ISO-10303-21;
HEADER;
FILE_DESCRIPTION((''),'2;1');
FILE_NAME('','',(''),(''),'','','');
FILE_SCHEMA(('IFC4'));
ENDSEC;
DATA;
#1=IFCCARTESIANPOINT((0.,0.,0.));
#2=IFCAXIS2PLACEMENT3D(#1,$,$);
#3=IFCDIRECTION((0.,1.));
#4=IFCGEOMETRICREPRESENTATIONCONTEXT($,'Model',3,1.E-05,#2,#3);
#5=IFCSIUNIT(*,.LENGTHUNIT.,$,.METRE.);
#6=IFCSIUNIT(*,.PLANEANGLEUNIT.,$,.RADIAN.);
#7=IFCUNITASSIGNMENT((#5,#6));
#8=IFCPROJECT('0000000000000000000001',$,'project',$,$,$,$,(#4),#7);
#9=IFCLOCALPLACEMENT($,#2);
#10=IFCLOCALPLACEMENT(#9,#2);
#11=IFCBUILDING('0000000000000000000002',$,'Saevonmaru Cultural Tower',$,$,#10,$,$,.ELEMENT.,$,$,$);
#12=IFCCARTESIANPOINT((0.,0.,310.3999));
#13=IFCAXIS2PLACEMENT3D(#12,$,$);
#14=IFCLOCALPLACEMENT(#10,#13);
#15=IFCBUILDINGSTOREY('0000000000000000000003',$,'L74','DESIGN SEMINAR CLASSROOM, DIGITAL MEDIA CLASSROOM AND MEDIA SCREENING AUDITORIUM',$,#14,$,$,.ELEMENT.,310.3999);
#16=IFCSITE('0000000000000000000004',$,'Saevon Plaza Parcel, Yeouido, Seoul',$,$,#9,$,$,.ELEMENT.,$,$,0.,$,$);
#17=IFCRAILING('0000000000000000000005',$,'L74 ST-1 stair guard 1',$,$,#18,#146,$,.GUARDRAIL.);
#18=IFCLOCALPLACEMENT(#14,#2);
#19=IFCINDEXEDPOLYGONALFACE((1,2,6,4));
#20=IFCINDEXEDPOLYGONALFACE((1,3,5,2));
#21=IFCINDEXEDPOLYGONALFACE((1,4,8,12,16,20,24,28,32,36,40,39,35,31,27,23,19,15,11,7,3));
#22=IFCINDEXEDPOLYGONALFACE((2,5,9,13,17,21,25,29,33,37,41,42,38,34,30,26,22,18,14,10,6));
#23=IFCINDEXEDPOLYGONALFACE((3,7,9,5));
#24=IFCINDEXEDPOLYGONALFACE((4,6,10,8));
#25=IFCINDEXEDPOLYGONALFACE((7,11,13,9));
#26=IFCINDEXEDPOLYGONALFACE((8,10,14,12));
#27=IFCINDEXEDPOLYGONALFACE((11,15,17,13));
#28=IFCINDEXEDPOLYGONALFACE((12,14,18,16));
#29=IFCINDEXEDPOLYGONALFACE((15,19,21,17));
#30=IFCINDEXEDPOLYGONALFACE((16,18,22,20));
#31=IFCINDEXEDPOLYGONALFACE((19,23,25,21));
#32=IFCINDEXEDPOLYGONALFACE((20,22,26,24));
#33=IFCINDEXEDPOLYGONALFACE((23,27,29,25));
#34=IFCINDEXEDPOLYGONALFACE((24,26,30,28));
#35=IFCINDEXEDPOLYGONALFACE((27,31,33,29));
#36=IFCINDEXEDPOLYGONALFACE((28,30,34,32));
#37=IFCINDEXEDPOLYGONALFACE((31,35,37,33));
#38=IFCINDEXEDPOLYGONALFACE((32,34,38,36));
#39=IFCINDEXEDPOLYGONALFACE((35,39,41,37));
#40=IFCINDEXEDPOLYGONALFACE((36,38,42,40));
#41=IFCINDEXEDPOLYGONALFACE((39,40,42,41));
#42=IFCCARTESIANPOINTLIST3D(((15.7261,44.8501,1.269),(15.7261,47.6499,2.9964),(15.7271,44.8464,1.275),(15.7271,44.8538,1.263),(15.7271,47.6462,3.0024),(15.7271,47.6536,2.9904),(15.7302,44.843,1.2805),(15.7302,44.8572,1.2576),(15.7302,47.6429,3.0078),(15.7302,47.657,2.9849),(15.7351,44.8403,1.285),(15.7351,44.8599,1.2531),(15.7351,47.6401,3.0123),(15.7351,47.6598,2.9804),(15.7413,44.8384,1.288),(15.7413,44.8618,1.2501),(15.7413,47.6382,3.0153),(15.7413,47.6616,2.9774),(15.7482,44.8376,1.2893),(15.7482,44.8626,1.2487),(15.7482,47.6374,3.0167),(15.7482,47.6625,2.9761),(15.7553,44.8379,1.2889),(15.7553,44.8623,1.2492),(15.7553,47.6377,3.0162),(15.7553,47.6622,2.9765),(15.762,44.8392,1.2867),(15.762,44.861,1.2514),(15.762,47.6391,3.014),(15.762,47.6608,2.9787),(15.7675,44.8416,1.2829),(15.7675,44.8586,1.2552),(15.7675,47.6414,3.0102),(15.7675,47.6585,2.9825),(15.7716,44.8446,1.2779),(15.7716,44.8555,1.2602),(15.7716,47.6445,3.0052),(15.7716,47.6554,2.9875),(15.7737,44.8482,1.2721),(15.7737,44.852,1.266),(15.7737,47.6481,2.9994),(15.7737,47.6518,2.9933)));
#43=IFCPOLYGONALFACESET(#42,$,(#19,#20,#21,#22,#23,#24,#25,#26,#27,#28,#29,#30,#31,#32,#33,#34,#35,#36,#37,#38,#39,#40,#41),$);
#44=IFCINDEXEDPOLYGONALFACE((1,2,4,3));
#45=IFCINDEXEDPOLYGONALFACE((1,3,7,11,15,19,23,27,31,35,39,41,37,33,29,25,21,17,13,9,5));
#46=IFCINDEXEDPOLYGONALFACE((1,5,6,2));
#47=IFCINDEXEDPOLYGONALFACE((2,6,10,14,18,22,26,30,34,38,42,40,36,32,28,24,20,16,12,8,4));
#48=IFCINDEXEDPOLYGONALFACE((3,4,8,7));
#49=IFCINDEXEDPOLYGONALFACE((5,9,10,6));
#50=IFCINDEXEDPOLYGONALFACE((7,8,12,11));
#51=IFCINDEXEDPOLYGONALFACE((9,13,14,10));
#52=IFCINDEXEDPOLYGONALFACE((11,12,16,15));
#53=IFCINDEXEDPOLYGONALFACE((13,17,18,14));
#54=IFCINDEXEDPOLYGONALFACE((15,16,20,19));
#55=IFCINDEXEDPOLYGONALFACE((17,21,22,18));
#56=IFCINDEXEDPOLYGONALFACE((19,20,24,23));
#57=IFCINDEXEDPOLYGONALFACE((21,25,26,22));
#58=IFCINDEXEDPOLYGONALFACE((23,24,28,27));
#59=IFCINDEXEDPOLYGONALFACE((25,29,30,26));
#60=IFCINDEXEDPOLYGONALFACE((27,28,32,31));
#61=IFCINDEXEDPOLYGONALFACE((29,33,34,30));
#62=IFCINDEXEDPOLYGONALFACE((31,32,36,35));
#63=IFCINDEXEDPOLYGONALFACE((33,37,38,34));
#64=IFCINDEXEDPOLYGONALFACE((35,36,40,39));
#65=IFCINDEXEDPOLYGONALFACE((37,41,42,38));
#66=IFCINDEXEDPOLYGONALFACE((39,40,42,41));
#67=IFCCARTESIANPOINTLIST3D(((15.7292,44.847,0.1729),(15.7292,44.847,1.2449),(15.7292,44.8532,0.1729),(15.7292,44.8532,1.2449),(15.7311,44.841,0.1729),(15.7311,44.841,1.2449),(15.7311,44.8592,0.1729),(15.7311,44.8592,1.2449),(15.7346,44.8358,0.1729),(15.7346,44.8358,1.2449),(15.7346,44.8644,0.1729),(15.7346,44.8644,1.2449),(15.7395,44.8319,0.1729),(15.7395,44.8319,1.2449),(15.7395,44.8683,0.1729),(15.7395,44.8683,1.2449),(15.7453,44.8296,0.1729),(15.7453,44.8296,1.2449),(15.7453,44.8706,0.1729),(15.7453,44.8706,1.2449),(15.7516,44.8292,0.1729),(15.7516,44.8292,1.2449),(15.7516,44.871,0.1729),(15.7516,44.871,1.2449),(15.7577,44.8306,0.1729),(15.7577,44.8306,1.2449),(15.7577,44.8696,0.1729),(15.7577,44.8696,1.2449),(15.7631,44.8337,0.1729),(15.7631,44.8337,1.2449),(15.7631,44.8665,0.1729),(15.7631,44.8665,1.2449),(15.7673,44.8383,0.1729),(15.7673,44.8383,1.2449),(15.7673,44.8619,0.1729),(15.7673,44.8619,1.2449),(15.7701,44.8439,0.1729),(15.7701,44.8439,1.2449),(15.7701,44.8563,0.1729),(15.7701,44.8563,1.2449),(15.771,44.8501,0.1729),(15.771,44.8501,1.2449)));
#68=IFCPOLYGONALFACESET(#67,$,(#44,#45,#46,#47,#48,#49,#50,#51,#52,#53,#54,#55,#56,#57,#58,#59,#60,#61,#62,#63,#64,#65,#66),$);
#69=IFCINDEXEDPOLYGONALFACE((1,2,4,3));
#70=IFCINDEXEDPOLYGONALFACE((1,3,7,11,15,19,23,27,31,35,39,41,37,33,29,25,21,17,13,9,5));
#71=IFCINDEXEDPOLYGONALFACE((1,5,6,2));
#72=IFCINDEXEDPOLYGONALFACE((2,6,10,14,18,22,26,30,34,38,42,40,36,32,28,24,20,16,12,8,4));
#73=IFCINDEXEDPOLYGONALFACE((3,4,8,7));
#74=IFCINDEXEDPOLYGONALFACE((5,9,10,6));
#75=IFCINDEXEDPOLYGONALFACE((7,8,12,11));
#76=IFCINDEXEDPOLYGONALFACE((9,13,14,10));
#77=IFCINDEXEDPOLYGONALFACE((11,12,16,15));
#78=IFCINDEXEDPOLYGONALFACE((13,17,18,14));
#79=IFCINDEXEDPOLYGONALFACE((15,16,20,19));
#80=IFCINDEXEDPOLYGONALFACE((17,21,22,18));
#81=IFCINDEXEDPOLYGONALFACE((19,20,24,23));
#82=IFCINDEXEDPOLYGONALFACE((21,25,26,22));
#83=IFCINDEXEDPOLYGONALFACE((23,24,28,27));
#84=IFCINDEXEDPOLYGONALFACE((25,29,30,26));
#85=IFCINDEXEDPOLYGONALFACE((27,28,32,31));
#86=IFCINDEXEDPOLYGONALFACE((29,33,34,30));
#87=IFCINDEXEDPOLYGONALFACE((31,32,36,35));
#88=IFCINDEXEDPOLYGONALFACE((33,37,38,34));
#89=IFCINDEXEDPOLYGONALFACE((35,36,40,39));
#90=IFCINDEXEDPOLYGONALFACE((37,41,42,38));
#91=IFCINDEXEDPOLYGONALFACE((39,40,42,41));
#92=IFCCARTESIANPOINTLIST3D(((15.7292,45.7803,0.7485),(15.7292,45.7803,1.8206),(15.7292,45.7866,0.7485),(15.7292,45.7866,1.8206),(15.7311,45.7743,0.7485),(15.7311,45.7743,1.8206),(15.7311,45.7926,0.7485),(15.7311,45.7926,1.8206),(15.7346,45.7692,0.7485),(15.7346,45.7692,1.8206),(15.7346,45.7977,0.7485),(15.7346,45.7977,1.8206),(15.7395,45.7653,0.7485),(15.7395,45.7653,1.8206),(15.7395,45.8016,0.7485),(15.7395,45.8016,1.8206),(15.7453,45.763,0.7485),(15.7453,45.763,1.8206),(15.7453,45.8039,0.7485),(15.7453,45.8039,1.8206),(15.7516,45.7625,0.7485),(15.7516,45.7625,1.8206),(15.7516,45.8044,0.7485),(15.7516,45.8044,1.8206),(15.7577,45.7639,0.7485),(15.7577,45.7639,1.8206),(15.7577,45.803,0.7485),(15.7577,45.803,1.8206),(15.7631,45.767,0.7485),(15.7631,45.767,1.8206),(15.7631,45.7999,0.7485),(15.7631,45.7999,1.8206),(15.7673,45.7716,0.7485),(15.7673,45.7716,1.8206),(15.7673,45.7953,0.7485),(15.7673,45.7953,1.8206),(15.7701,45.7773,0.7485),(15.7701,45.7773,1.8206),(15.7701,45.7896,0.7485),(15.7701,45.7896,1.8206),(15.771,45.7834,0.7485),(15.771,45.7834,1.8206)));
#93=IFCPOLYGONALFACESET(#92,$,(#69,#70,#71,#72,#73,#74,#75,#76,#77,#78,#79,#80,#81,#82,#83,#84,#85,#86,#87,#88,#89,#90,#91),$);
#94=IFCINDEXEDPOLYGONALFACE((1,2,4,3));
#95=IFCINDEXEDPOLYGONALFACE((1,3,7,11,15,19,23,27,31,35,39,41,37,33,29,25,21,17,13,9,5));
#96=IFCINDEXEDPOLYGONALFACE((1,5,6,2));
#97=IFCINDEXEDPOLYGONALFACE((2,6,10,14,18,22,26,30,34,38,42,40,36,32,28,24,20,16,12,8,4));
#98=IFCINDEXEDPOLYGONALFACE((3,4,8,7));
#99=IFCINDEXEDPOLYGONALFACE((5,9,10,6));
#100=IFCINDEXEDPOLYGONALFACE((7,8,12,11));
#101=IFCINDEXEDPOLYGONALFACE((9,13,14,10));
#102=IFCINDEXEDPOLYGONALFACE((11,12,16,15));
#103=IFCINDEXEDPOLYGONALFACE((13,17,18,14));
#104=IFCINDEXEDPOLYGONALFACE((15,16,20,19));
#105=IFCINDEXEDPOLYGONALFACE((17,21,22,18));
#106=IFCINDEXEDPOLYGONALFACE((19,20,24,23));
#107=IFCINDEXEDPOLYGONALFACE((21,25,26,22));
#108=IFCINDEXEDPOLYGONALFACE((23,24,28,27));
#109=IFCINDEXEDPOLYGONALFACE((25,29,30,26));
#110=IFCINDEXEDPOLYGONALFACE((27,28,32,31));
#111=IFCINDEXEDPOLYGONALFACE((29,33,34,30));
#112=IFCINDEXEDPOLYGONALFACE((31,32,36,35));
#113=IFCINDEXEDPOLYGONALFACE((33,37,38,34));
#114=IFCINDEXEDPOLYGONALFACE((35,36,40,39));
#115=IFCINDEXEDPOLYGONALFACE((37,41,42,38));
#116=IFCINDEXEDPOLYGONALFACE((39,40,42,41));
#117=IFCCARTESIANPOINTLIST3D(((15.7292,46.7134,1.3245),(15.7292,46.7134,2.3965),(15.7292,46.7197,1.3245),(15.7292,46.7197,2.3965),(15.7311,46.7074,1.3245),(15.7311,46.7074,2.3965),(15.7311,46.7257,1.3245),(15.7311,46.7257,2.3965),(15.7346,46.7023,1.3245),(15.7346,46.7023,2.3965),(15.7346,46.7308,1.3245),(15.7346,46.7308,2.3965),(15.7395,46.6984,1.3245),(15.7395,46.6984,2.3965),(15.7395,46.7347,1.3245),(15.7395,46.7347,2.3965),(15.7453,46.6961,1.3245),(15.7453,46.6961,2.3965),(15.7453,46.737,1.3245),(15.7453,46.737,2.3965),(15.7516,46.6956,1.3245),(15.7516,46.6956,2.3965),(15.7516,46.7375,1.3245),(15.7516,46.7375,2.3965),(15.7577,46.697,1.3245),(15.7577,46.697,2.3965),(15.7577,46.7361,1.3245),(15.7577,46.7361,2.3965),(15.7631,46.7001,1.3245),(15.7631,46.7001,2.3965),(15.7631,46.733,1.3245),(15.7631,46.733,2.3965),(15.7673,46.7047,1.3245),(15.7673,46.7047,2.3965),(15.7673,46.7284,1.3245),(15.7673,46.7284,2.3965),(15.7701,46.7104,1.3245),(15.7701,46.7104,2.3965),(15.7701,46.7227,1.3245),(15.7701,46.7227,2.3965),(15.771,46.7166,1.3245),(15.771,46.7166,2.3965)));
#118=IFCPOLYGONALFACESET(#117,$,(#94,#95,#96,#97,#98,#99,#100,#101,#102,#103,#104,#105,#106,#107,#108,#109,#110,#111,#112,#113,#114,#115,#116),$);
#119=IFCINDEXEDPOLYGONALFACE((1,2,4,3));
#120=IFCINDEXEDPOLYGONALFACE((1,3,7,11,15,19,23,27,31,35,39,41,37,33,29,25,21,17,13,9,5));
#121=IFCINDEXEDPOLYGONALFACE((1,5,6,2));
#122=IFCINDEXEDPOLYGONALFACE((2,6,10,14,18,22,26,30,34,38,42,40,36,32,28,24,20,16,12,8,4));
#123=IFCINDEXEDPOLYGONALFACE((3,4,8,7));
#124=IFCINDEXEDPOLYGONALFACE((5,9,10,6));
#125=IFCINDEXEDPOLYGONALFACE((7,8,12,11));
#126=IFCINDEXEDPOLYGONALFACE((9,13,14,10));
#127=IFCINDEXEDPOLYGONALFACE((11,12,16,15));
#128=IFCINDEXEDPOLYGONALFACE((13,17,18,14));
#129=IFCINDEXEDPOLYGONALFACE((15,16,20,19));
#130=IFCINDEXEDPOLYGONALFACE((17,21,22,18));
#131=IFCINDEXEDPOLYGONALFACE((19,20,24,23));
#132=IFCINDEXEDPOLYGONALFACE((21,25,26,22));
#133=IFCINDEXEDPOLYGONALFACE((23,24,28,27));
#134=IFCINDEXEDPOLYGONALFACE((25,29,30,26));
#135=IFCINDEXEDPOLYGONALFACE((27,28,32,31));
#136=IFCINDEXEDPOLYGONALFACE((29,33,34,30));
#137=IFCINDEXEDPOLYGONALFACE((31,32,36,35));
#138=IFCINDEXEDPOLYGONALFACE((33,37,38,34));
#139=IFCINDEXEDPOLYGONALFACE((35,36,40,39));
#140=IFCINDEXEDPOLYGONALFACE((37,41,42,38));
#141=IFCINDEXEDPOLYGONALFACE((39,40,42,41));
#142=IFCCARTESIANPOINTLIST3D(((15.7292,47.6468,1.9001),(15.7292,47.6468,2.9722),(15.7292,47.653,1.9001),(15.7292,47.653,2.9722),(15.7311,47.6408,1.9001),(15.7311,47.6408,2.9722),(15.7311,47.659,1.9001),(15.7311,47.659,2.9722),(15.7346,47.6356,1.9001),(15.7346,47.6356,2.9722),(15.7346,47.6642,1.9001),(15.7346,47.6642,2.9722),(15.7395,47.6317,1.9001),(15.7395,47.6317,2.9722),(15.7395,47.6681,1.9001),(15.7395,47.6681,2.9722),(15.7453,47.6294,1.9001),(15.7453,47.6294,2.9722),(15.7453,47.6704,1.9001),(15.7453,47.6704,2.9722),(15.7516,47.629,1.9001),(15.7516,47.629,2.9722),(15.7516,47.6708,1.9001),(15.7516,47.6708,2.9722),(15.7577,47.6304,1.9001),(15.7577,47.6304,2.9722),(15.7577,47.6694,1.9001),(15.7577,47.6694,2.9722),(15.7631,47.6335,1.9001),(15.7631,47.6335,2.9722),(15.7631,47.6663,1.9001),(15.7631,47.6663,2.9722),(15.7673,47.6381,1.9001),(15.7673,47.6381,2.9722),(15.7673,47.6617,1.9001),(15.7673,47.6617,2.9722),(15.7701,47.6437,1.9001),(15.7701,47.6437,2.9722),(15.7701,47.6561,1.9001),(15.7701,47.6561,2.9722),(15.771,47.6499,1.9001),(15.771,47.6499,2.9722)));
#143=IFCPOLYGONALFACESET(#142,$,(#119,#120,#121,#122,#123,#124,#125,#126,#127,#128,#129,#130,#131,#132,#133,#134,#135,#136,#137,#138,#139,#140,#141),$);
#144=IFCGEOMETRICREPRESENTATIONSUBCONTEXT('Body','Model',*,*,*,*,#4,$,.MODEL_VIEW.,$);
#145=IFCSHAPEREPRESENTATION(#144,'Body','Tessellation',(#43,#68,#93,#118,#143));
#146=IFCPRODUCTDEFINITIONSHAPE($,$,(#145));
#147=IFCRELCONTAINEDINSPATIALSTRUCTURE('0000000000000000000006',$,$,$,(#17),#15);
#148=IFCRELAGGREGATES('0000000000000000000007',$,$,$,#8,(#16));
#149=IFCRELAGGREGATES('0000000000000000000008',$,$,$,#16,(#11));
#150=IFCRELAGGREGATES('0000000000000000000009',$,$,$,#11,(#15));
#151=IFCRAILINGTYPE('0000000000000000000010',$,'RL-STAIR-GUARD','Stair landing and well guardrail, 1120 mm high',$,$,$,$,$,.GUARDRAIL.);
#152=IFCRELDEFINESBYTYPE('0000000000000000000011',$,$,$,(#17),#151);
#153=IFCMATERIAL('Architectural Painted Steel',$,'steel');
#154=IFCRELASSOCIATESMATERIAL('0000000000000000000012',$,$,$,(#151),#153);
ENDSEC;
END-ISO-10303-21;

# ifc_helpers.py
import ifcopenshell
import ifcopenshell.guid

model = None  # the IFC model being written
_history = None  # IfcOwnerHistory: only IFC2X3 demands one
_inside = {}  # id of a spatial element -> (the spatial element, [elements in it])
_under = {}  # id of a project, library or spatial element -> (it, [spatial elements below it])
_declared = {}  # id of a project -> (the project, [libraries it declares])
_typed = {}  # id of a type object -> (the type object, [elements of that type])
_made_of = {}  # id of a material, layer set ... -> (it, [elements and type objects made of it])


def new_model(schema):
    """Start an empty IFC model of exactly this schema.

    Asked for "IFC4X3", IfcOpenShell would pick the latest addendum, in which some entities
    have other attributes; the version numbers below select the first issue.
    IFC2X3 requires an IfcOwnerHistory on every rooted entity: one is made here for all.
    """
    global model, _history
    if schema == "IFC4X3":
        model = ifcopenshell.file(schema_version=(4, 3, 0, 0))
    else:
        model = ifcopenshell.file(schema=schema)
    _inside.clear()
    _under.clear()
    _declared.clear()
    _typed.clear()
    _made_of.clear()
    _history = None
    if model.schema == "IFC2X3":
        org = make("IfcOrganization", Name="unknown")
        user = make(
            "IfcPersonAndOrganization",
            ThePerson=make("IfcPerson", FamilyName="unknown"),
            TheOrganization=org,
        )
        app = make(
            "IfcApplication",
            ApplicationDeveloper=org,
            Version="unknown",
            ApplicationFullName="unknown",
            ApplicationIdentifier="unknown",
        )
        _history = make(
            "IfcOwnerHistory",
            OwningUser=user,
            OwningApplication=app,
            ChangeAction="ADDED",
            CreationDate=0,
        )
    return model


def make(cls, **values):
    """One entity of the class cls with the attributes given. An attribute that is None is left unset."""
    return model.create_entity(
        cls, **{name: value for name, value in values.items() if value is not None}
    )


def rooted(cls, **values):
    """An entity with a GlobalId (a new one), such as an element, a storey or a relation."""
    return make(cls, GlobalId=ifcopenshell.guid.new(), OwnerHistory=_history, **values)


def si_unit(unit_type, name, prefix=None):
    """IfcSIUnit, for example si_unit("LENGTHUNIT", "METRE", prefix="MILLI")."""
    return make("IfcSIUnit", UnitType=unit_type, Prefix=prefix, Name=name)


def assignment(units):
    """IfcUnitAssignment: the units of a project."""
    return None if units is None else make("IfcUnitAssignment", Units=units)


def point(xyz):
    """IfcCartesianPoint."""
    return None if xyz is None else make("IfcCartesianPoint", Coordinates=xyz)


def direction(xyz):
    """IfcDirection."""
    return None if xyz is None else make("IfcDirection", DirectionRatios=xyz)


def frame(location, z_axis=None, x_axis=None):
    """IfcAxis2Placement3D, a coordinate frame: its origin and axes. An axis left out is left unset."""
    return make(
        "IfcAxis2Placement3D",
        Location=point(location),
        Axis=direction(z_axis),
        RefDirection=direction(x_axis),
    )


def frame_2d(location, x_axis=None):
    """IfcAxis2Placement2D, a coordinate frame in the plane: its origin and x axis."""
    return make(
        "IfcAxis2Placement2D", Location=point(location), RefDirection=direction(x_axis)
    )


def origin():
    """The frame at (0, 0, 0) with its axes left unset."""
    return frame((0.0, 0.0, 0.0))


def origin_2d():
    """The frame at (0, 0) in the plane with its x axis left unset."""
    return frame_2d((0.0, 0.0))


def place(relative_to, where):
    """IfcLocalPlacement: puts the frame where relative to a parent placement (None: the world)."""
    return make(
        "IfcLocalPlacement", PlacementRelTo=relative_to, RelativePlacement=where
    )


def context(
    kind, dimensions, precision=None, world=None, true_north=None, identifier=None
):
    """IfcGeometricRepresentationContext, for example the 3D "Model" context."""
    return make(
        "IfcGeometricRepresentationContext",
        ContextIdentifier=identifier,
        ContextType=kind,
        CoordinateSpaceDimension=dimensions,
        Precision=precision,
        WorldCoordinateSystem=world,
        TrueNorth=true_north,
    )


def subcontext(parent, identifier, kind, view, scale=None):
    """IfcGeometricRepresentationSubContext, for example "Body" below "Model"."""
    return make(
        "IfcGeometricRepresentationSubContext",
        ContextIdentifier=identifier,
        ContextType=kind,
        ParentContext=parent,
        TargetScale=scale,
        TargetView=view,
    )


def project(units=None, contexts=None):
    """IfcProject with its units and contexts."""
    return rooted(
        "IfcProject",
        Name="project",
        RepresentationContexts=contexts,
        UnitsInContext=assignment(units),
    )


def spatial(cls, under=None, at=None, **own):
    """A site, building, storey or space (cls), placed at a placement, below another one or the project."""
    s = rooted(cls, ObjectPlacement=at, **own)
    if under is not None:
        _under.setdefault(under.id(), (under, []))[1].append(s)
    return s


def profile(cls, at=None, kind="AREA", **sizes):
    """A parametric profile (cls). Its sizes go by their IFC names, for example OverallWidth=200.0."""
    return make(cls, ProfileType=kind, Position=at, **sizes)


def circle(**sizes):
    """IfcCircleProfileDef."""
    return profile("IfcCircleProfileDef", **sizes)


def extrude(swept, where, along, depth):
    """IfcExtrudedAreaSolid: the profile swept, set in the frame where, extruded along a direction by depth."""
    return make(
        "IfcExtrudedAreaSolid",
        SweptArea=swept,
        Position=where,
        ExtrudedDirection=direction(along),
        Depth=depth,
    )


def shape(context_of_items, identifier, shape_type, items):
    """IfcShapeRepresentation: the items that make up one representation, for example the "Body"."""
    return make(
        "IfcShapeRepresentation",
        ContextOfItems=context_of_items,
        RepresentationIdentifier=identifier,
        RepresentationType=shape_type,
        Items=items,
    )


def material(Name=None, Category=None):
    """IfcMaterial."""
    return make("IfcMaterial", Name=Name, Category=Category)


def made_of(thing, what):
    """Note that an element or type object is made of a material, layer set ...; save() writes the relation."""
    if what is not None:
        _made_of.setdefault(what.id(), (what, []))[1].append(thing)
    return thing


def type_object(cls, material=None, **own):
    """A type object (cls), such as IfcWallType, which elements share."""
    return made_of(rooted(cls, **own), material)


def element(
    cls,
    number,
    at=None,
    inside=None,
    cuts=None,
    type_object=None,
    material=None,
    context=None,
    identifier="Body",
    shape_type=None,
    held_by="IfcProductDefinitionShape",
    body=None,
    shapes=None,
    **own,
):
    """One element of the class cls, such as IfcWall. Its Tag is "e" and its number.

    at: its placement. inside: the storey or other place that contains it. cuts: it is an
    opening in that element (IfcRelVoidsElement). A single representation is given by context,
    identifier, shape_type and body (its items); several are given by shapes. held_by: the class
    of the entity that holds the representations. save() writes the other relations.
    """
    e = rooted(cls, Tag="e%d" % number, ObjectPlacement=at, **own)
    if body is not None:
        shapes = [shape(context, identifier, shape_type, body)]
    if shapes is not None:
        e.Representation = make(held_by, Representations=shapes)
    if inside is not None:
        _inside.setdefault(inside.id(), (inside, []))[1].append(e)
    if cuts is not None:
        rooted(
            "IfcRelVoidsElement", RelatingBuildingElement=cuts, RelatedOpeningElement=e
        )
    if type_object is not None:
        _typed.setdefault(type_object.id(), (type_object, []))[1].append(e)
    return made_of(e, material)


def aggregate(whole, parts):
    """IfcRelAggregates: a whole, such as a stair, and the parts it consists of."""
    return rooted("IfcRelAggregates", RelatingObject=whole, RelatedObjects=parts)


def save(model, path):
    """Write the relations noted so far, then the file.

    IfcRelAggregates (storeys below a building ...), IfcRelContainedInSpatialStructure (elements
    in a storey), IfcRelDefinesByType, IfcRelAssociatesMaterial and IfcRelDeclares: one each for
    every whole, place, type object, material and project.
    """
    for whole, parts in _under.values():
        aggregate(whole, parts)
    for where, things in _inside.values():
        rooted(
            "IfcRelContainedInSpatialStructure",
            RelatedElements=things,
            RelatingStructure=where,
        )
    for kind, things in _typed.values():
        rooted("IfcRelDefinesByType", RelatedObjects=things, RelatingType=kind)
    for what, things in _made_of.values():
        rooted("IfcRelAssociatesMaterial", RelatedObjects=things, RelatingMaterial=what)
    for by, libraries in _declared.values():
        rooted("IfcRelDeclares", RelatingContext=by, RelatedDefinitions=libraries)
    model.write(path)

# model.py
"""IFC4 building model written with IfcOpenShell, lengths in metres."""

from ifc_helpers import new_model, si_unit, direction, frame, origin, origin_2d, place, context, subcontext, project, spatial, circle, extrude, material, type_object, element, save


model = new_model("IFC4")

# Units and contexts
model_context = context("Model", 3, precision=1e-05, world=origin(), true_north=direction((0.0, 1.0)))
body_context = subcontext(model_context, "Body", "Model", "MODEL_VIEW")
ifc_project = project(units=[si_unit("LENGTHUNIT", "METRE"), si_unit("PLANEANGLEUNIT", "RADIAN")], contexts=[model_context])

# Site, building, storey
site_placement = place(None, origin())
site = spatial("IfcSite", under=ifc_project, at=site_placement, Name="Saevon Plaza Parcel, Yeouido, Seoul", CompositionType="ELEMENT", RefElevation=0.0)
building_placement = place(site_placement, origin())
building = spatial("IfcBuilding", under=site, at=building_placement, Name="Saevonmaru Cultural Tower", CompositionType="ELEMENT")
storey_placement = place(building_placement, frame((0.0, 0.0, 310.3999)))
storey = spatial("IfcBuildingStorey", under=building, at=storey_placement, Name="L74", Description="DESIGN SEMINAR CLASSROOM, DIGITAL MEDIA CLASSROOM AND MEDIA SCREENING AUDITORIUM", CompositionType="ELEMENT", Elevation=310.3999)

# Railing
ifc_material_1 = material(Name="Architectural Painted Steel", Category="steel")
railing_type_1 = type_object("IfcRailingType", Name="RL-STAIR-GUARD", Description="Stair landing and well guardrail, 1120 mm high", PredefinedType="GUARDRAIL", material=ifc_material_1)
railing_1_placement = place(storey_placement, frame((15.75, 44.8501, 0.1729)))
element("IfcRailing", 1, at=railing_1_placement, inside=storey, type_object=railing_type_1, Name="L74 ST-1 stair guard 1", PredefinedType="GUARDRAIL", context=body_context, shape_type="SweptSolid", body=[
    extrude(circle(Radius=0.0239, at=origin_2d()), frame((0.0, 0.0, 1.0962), z_axis=(0.0, 0.851069, 0.525054), x_axis=(-1.0, 0.0, 0.0)), (0.0, 0.0, 1.0), 3.2898),
    extrude(circle(Radius=0.021, at=origin_2d()), origin(), (0.0, 0.0, 1.0), 1.072),
    extrude(circle(Radius=0.021, at=origin_2d()), frame((0.0, 0.9333, 0.5757)), (0.0, 0.0, 1.0), 1.072),
    extrude(circle(Radius=0.021, at=origin_2d()), frame((0.0, 1.8665, 1.1516)), (0.0, 0.0, 1.0), 1.072),
    extrude(circle(Radius=0.021, at=origin_2d()), frame((0.0, 2.7998, 1.7273)), (0.0, 0.0, 1.0), 1.072),
])

save(model, "model.ifc")
